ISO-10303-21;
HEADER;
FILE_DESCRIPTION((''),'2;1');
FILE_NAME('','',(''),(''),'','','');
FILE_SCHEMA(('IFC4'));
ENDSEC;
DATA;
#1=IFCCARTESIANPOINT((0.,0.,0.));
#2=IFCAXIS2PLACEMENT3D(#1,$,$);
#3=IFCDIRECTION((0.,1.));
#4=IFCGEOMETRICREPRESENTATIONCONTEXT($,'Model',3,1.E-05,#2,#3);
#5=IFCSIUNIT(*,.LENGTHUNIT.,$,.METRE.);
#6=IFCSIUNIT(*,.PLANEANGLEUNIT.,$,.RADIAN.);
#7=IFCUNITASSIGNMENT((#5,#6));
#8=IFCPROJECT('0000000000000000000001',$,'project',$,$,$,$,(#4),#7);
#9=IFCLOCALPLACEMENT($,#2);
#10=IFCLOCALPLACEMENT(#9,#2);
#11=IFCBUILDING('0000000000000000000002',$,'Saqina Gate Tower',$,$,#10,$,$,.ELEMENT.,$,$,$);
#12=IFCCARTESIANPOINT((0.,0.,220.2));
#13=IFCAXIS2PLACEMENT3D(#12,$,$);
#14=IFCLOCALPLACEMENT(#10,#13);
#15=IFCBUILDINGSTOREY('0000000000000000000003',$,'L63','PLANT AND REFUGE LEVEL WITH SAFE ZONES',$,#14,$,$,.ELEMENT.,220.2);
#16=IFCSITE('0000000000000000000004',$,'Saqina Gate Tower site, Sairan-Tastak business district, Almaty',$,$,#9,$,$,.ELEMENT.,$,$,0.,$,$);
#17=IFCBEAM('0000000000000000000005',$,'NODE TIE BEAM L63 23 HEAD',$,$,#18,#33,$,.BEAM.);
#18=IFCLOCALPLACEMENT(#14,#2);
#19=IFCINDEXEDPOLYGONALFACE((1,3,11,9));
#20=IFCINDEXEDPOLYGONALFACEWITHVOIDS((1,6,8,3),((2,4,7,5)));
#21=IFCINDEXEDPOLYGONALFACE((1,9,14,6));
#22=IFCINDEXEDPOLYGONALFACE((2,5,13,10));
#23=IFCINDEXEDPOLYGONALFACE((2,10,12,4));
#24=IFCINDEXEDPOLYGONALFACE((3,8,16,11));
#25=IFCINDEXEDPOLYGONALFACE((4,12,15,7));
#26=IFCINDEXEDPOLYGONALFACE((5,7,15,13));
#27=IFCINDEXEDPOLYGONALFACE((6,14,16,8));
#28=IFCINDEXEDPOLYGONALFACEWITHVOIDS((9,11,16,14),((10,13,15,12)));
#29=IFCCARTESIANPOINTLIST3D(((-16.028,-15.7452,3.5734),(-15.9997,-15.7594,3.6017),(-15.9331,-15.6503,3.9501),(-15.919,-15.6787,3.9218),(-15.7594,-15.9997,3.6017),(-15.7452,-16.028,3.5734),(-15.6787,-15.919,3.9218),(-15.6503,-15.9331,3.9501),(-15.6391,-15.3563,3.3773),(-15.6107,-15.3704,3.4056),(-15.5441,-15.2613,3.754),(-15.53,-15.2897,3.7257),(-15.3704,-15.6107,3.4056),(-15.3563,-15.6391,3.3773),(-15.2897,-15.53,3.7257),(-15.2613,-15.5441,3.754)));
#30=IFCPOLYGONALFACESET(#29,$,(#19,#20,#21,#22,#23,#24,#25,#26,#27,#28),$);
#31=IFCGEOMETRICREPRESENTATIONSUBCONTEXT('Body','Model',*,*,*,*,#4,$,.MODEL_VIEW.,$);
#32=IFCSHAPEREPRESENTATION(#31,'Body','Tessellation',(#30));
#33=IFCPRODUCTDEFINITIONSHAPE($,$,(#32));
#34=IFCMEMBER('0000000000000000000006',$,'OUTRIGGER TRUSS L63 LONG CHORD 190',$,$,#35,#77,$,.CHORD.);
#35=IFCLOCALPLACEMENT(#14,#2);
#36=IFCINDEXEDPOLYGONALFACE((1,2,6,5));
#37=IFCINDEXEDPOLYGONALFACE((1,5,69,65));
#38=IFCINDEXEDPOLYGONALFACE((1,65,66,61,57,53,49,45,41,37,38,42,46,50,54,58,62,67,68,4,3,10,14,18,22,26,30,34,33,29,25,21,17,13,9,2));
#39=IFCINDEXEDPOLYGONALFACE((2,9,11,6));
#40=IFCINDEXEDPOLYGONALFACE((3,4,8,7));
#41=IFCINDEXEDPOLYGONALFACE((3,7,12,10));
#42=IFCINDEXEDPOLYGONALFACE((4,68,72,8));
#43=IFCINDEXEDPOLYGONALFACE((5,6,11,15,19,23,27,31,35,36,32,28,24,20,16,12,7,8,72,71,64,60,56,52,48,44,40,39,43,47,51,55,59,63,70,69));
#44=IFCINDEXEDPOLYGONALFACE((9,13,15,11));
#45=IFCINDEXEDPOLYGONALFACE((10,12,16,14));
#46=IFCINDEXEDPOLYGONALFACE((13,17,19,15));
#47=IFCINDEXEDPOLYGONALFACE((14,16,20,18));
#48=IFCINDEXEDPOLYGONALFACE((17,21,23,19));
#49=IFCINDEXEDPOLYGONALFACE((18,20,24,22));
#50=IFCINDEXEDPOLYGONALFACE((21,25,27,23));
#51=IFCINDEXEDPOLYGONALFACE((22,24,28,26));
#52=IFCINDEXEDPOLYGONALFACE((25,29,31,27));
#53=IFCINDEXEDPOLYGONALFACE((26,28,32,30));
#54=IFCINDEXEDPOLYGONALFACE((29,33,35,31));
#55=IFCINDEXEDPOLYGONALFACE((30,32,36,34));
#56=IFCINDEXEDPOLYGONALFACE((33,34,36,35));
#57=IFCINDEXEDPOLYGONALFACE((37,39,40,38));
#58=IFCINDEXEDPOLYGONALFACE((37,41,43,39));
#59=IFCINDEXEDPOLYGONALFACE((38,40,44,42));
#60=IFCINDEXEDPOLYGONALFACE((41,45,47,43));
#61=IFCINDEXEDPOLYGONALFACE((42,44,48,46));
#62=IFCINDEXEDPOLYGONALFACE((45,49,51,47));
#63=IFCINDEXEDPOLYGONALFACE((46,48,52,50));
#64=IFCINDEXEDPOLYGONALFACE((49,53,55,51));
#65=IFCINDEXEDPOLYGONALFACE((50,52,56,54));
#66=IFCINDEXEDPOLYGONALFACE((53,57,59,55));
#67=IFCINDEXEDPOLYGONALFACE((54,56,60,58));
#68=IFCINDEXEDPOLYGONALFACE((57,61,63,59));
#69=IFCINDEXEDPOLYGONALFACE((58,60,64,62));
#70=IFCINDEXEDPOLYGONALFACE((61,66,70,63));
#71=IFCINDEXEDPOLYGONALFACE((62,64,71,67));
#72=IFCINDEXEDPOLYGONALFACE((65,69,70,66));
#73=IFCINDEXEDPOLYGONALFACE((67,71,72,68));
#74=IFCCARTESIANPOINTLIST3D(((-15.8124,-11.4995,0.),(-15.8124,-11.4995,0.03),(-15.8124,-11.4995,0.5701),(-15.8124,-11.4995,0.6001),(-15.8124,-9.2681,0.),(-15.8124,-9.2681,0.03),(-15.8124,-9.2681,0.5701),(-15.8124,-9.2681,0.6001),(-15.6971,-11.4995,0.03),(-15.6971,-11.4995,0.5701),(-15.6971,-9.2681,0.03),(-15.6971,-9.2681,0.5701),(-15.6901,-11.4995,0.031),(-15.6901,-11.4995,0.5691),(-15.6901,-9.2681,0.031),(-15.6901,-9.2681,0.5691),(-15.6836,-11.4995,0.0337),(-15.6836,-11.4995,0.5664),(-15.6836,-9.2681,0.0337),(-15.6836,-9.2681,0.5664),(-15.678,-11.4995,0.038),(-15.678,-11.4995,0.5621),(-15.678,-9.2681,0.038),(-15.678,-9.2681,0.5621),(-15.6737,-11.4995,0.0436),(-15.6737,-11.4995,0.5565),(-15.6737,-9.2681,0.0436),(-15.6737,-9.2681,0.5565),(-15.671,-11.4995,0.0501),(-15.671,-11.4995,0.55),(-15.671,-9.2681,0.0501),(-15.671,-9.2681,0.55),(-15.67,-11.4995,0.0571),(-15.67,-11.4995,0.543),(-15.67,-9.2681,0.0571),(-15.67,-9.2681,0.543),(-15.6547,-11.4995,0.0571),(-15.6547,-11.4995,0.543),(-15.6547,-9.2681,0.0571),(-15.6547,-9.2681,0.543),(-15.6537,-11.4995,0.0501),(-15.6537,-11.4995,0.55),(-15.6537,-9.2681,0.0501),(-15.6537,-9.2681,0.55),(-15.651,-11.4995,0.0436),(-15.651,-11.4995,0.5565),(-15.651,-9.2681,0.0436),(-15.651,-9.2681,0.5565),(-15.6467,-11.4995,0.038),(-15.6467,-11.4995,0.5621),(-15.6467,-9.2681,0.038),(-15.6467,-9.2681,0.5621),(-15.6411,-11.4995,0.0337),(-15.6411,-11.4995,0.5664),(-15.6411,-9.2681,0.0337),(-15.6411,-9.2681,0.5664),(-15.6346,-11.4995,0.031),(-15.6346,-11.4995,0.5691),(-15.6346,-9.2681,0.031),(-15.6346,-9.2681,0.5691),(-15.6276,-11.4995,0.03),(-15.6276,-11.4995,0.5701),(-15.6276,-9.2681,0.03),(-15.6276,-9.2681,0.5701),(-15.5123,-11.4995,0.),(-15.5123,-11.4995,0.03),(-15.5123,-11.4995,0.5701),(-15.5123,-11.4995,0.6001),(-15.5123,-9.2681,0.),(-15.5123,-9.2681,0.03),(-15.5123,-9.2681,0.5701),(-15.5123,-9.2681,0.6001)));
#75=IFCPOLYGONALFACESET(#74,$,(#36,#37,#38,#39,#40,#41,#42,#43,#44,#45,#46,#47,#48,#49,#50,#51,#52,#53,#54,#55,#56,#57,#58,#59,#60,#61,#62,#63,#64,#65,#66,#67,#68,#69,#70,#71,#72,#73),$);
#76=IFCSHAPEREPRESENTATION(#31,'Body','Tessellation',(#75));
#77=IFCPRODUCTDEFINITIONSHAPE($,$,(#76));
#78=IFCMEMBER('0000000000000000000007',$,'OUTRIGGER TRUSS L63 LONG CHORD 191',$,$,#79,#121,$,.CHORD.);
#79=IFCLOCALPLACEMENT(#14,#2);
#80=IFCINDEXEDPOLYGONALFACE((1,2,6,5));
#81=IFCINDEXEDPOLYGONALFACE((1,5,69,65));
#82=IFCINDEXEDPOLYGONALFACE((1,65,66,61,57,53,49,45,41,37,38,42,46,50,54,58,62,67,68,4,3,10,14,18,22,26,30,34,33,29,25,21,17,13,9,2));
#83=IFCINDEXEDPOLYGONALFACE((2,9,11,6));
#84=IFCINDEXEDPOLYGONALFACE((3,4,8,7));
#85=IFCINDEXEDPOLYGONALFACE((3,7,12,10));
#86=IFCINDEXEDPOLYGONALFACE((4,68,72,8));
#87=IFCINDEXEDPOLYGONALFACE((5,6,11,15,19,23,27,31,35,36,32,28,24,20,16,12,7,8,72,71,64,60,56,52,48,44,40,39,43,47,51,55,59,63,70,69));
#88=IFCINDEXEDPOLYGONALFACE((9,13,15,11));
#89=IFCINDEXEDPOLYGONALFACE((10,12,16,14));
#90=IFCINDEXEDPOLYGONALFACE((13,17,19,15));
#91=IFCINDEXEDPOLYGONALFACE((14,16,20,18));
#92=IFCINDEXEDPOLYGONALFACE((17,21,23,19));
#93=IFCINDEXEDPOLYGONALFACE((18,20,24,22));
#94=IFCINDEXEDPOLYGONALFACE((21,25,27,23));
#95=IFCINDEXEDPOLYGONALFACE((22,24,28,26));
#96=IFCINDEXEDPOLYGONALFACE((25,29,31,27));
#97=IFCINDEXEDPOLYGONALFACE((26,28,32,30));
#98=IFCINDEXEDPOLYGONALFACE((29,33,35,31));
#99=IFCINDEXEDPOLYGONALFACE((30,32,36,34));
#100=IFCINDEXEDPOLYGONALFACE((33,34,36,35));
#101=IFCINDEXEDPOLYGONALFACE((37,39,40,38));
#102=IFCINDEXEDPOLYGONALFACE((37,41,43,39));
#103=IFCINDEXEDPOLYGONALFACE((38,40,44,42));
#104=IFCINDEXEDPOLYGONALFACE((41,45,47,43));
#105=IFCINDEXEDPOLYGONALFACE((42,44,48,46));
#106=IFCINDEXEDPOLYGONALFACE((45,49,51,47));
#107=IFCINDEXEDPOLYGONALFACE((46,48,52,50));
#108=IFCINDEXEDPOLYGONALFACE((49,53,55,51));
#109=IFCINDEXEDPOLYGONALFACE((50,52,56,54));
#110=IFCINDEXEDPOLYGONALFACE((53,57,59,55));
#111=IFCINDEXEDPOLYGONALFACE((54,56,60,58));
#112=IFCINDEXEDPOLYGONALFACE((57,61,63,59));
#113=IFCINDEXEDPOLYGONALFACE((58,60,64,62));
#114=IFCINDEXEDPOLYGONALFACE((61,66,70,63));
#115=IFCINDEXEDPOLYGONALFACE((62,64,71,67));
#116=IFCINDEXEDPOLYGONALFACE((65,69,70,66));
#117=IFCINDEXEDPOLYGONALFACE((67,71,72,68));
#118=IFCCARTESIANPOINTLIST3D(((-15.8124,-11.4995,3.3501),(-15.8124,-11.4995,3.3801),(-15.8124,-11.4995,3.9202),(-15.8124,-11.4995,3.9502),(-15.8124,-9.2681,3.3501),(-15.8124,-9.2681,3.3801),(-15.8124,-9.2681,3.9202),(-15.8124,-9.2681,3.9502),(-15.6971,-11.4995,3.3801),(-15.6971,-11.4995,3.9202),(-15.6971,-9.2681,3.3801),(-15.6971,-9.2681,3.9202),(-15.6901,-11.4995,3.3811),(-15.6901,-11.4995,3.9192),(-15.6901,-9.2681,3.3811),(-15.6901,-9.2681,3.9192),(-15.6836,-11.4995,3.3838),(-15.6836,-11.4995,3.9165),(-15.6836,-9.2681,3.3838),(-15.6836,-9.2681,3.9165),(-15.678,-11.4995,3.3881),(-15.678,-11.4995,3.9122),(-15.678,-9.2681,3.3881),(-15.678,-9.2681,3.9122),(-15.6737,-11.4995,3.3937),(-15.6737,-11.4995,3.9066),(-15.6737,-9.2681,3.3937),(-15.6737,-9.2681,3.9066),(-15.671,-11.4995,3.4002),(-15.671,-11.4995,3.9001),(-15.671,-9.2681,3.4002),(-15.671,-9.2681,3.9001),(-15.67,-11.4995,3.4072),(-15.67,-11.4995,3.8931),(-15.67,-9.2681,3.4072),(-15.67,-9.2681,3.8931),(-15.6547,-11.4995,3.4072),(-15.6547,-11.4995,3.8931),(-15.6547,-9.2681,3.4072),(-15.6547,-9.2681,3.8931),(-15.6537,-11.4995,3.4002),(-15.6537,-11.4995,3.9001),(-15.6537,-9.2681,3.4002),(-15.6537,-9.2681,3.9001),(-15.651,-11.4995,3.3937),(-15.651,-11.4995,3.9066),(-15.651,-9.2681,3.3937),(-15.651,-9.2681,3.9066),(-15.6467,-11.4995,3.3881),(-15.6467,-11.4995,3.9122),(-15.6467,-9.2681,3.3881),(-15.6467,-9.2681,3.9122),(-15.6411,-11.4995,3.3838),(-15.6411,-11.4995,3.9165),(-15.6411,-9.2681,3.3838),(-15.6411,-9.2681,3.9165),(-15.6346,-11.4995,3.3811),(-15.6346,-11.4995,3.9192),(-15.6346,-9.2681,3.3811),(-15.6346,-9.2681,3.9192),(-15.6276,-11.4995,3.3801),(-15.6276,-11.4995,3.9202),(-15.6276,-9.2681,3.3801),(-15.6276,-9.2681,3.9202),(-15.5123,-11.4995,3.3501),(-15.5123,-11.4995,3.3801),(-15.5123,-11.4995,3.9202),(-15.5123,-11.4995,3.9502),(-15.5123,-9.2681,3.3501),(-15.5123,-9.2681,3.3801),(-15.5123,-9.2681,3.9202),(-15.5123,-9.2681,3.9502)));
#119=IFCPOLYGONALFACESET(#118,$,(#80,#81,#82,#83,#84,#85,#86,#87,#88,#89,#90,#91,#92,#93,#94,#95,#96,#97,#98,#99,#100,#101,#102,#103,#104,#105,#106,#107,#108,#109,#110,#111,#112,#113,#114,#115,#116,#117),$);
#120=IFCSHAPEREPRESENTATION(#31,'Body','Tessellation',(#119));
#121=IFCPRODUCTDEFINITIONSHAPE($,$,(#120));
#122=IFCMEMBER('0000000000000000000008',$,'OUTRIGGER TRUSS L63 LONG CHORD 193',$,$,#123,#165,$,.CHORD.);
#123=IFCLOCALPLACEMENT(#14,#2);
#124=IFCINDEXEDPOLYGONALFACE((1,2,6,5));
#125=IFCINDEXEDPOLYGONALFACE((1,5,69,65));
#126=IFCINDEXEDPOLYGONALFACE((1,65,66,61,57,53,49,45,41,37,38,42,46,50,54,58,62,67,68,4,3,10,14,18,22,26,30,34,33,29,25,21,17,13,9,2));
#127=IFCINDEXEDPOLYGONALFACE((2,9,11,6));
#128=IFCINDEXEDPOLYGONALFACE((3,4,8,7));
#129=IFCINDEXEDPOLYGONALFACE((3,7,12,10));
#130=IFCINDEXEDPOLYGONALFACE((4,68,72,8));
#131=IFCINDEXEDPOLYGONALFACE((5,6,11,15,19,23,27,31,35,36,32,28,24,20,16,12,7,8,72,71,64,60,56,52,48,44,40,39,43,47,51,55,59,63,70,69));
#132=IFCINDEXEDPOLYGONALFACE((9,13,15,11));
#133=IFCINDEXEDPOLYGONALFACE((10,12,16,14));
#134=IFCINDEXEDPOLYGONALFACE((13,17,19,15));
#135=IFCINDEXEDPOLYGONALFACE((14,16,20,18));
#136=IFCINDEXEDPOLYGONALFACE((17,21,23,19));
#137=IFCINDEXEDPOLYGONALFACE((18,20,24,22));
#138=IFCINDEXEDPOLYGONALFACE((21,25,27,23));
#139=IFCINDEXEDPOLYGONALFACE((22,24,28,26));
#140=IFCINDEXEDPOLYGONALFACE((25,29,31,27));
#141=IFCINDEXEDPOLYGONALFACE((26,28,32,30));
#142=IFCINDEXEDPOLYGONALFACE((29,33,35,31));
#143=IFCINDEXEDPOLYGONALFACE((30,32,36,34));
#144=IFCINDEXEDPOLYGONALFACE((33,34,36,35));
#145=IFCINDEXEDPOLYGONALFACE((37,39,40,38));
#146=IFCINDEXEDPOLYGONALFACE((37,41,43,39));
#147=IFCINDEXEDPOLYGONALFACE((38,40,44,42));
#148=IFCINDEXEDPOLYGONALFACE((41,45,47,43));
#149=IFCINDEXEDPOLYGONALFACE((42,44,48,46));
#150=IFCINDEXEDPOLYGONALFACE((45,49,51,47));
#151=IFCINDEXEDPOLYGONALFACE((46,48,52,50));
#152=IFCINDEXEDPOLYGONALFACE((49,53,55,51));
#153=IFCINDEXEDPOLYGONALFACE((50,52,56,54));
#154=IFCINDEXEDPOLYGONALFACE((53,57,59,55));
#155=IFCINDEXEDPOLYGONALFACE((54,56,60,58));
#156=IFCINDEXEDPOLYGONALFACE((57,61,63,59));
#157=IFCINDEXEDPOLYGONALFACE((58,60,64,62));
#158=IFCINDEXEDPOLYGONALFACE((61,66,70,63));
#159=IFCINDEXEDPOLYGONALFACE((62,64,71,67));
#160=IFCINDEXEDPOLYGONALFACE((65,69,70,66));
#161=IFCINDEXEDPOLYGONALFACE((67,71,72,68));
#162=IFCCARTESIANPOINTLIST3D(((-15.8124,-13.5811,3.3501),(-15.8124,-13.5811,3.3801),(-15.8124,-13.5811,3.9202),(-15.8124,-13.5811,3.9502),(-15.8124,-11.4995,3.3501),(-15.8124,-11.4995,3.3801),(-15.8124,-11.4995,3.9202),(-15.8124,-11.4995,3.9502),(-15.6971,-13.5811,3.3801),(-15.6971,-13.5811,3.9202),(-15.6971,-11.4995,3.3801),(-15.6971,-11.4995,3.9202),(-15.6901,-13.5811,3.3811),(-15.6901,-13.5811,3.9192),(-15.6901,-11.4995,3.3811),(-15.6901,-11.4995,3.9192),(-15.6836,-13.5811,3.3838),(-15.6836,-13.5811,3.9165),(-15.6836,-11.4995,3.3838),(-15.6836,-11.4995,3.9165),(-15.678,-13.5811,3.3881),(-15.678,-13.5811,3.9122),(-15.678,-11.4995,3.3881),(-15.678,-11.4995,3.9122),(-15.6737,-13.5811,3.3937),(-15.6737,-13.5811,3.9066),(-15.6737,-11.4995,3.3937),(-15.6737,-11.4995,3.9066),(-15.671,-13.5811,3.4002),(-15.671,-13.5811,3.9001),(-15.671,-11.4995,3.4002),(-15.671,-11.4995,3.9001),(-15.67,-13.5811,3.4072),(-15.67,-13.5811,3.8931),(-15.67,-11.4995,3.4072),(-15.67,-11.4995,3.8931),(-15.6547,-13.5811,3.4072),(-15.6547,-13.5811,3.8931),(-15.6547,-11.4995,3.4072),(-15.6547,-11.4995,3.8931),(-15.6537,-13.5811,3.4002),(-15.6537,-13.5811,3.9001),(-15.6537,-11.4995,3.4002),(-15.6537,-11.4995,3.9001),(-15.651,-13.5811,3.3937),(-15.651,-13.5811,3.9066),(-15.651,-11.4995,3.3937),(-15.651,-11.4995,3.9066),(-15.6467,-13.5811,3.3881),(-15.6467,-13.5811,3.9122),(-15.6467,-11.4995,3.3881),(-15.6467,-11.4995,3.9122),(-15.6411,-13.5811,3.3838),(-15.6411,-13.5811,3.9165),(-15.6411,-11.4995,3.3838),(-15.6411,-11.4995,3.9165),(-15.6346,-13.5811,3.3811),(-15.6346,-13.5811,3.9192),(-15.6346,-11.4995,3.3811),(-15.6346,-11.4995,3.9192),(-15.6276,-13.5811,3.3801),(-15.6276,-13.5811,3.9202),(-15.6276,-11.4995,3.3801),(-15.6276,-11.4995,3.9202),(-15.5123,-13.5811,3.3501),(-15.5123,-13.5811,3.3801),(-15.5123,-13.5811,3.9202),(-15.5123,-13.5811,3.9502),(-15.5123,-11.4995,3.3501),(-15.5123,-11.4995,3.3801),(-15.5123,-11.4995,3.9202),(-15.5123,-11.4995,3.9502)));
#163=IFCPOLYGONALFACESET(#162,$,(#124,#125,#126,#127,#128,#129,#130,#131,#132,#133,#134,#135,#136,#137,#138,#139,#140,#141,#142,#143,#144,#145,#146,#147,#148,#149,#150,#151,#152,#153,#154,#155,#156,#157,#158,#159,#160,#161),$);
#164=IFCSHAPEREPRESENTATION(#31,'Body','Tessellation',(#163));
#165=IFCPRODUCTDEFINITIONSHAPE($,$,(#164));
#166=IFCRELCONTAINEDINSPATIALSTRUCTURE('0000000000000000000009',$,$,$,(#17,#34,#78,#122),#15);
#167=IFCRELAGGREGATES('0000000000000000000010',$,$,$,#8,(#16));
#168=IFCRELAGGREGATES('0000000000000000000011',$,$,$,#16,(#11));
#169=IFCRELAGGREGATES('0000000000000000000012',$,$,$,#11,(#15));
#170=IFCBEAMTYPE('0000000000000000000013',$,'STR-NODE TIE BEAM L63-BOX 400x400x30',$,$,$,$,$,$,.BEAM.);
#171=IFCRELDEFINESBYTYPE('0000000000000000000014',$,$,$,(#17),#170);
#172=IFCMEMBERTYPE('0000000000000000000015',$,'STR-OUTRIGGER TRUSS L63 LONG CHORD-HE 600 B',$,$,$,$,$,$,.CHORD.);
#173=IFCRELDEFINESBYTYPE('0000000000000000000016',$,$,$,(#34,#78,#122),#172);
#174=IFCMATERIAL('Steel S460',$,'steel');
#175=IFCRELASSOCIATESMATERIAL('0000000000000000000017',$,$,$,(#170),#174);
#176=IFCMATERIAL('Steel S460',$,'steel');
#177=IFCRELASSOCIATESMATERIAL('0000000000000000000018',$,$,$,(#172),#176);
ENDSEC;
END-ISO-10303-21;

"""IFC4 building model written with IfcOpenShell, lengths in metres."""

from ifc_helpers import new_model, si_unit, direction, frame, origin, origin_2d, place, context, subcontext, project, spatial, hollow_rectangle, i_section, extrude, material, material_profile, profile_set, type_object, element, save


model = new_model("IFC4")

# Units and contexts
model_context = context("Model", 3, precision=1e-05, world=origin(), true_north=direction((0.0, 1.0)))
body_context = subcontext(model_context, "Body", "Model", "MODEL_VIEW")
ifc_project = project(units=[si_unit("LENGTHUNIT", "METRE"), si_unit("PLANEANGLEUNIT", "RADIAN")], contexts=[model_context])

# Site, building, storey
site_placement = place(None, origin())
site = spatial("IfcSite", under=ifc_project, at=site_placement, Name="Saqina Gate Tower site, Sairan-Tastak business district, Almaty", CompositionType="ELEMENT", RefElevation=0.0)
building_placement = place(site_placement, origin())
building = spatial("IfcBuilding", under=site, at=building_placement, Name="Saqina Gate Tower", CompositionType="ELEMENT")
storey_placement = place(building_placement, frame((0.0, 0.0, 220.2)))
storey = spatial("IfcBuildingStorey", under=building, at=storey_placement, Name="L63", Description="PLANT AND REFUGE LEVEL WITH SAFE ZONES", CompositionType="ELEMENT", Elevation=220.2)

# Beam
ifc_material_1 = material(Name="Steel S460", Category="steel")
ifc_material_profile_1 = material_profile(ifc_material_1, hollow_rectangle(XDim=0.3999, YDim=0.3999, WallThickness=0.03, at=origin_2d()), Name="BOX 400x400x30")
ifc_profile_set_1 = profile_set([ifc_material_profile_1], Name="Steel S460")
beam_type = type_object("IfcBeamType", Name="STR-NODE TIE BEAM L63-BOX 400x400x30", PredefinedType="BEAM", material=ifc_profile_set_1)
beam_placement = place(storey_placement, frame((-15.4502, -15.4502, 3.5657), z_axis=(-0.666061, -0.666061, 0.335748), x_axis=(0.707107, -0.707107, 0.0)))
element("IfcBeam", 1, at=beam_placement, inside=storey, type_object=beam_type, Name="NODE TIE BEAM L63 23 HEAD", PredefinedType="BEAM", context=body_context, shape_type="SweptSolid", body=[
    extrude(hollow_rectangle(XDim=0.3999, YDim=0.3999, WallThickness=0.03, at=origin_2d()), origin(), (0.0, 0.0, 1.0), 0.584),
])

# Members
ifc_material_2 = material(Name="Steel S460", Category="steel")
ifc_material_profile_2 = material_profile(ifc_material_2, i_section(OverallWidth=0.3, OverallDepth=0.6001, WebThickness=0.0154, FlangeThickness=0.03, FilletRadius=0.0271, at=origin_2d()), Name="HE 600 B")
ifc_profile_set_2 = profile_set([ifc_material_profile_2], Name="Steel S460")
member_type_1 = type_object("IfcMemberType", Name="STR-OUTRIGGER TRUSS L63 LONG CHORD-HE 600 B", PredefinedType="CHORD", material=ifc_profile_set_2)
for number, where, z_axis, x_axis, name in (
    (2, (-15.6624, -9.2681, 0.3), (0.0, -1.0, 0.0), (1.0, 0.0, 0.0), "OUTRIGGER TRUSS L63 LONG CHORD 190"),
    (3, (-15.6624, -9.2681, 3.6501), (0.0, -1.0, 0.0), (1.0, 0.0, 0.0), "OUTRIGGER TRUSS L63 LONG CHORD 191"),
):
    element("IfcMember", number, at=place(storey_placement, frame(where, z_axis=z_axis, x_axis=x_axis)), inside=storey, type_object=member_type_1, Name=name, PredefinedType="CHORD", context=body_context, shape_type="SweptSolid", body=[
        extrude(i_section(OverallWidth=0.3, OverallDepth=0.6001, WebThickness=0.0154, FlangeThickness=0.03, FilletRadius=0.0271, at=origin_2d()), origin(), (0.0, 0.0, 1.0), 2.2314),
    ])
member_1_placement = place(storey_placement, frame((-15.6624, -11.4995, 3.6501), z_axis=(0.0, -1.0, 0.0), x_axis=(1.0, 0.0, 0.0)))
element("IfcMember", 4, at=member_1_placement, inside=storey, type_object=member_type_1, Name="OUTRIGGER TRUSS L63 LONG CHORD 193", PredefinedType="CHORD", context=body_context, shape_type="SweptSolid", body=[
    extrude(i_section(OverallWidth=0.3, OverallDepth=0.6001, WebThickness=0.0154, FlangeThickness=0.03, FilletRadius=0.0271, at=origin_2d()), origin(), (0.0, 0.0, 1.0), 2.0815),
])

save(model, "model.ifc")
